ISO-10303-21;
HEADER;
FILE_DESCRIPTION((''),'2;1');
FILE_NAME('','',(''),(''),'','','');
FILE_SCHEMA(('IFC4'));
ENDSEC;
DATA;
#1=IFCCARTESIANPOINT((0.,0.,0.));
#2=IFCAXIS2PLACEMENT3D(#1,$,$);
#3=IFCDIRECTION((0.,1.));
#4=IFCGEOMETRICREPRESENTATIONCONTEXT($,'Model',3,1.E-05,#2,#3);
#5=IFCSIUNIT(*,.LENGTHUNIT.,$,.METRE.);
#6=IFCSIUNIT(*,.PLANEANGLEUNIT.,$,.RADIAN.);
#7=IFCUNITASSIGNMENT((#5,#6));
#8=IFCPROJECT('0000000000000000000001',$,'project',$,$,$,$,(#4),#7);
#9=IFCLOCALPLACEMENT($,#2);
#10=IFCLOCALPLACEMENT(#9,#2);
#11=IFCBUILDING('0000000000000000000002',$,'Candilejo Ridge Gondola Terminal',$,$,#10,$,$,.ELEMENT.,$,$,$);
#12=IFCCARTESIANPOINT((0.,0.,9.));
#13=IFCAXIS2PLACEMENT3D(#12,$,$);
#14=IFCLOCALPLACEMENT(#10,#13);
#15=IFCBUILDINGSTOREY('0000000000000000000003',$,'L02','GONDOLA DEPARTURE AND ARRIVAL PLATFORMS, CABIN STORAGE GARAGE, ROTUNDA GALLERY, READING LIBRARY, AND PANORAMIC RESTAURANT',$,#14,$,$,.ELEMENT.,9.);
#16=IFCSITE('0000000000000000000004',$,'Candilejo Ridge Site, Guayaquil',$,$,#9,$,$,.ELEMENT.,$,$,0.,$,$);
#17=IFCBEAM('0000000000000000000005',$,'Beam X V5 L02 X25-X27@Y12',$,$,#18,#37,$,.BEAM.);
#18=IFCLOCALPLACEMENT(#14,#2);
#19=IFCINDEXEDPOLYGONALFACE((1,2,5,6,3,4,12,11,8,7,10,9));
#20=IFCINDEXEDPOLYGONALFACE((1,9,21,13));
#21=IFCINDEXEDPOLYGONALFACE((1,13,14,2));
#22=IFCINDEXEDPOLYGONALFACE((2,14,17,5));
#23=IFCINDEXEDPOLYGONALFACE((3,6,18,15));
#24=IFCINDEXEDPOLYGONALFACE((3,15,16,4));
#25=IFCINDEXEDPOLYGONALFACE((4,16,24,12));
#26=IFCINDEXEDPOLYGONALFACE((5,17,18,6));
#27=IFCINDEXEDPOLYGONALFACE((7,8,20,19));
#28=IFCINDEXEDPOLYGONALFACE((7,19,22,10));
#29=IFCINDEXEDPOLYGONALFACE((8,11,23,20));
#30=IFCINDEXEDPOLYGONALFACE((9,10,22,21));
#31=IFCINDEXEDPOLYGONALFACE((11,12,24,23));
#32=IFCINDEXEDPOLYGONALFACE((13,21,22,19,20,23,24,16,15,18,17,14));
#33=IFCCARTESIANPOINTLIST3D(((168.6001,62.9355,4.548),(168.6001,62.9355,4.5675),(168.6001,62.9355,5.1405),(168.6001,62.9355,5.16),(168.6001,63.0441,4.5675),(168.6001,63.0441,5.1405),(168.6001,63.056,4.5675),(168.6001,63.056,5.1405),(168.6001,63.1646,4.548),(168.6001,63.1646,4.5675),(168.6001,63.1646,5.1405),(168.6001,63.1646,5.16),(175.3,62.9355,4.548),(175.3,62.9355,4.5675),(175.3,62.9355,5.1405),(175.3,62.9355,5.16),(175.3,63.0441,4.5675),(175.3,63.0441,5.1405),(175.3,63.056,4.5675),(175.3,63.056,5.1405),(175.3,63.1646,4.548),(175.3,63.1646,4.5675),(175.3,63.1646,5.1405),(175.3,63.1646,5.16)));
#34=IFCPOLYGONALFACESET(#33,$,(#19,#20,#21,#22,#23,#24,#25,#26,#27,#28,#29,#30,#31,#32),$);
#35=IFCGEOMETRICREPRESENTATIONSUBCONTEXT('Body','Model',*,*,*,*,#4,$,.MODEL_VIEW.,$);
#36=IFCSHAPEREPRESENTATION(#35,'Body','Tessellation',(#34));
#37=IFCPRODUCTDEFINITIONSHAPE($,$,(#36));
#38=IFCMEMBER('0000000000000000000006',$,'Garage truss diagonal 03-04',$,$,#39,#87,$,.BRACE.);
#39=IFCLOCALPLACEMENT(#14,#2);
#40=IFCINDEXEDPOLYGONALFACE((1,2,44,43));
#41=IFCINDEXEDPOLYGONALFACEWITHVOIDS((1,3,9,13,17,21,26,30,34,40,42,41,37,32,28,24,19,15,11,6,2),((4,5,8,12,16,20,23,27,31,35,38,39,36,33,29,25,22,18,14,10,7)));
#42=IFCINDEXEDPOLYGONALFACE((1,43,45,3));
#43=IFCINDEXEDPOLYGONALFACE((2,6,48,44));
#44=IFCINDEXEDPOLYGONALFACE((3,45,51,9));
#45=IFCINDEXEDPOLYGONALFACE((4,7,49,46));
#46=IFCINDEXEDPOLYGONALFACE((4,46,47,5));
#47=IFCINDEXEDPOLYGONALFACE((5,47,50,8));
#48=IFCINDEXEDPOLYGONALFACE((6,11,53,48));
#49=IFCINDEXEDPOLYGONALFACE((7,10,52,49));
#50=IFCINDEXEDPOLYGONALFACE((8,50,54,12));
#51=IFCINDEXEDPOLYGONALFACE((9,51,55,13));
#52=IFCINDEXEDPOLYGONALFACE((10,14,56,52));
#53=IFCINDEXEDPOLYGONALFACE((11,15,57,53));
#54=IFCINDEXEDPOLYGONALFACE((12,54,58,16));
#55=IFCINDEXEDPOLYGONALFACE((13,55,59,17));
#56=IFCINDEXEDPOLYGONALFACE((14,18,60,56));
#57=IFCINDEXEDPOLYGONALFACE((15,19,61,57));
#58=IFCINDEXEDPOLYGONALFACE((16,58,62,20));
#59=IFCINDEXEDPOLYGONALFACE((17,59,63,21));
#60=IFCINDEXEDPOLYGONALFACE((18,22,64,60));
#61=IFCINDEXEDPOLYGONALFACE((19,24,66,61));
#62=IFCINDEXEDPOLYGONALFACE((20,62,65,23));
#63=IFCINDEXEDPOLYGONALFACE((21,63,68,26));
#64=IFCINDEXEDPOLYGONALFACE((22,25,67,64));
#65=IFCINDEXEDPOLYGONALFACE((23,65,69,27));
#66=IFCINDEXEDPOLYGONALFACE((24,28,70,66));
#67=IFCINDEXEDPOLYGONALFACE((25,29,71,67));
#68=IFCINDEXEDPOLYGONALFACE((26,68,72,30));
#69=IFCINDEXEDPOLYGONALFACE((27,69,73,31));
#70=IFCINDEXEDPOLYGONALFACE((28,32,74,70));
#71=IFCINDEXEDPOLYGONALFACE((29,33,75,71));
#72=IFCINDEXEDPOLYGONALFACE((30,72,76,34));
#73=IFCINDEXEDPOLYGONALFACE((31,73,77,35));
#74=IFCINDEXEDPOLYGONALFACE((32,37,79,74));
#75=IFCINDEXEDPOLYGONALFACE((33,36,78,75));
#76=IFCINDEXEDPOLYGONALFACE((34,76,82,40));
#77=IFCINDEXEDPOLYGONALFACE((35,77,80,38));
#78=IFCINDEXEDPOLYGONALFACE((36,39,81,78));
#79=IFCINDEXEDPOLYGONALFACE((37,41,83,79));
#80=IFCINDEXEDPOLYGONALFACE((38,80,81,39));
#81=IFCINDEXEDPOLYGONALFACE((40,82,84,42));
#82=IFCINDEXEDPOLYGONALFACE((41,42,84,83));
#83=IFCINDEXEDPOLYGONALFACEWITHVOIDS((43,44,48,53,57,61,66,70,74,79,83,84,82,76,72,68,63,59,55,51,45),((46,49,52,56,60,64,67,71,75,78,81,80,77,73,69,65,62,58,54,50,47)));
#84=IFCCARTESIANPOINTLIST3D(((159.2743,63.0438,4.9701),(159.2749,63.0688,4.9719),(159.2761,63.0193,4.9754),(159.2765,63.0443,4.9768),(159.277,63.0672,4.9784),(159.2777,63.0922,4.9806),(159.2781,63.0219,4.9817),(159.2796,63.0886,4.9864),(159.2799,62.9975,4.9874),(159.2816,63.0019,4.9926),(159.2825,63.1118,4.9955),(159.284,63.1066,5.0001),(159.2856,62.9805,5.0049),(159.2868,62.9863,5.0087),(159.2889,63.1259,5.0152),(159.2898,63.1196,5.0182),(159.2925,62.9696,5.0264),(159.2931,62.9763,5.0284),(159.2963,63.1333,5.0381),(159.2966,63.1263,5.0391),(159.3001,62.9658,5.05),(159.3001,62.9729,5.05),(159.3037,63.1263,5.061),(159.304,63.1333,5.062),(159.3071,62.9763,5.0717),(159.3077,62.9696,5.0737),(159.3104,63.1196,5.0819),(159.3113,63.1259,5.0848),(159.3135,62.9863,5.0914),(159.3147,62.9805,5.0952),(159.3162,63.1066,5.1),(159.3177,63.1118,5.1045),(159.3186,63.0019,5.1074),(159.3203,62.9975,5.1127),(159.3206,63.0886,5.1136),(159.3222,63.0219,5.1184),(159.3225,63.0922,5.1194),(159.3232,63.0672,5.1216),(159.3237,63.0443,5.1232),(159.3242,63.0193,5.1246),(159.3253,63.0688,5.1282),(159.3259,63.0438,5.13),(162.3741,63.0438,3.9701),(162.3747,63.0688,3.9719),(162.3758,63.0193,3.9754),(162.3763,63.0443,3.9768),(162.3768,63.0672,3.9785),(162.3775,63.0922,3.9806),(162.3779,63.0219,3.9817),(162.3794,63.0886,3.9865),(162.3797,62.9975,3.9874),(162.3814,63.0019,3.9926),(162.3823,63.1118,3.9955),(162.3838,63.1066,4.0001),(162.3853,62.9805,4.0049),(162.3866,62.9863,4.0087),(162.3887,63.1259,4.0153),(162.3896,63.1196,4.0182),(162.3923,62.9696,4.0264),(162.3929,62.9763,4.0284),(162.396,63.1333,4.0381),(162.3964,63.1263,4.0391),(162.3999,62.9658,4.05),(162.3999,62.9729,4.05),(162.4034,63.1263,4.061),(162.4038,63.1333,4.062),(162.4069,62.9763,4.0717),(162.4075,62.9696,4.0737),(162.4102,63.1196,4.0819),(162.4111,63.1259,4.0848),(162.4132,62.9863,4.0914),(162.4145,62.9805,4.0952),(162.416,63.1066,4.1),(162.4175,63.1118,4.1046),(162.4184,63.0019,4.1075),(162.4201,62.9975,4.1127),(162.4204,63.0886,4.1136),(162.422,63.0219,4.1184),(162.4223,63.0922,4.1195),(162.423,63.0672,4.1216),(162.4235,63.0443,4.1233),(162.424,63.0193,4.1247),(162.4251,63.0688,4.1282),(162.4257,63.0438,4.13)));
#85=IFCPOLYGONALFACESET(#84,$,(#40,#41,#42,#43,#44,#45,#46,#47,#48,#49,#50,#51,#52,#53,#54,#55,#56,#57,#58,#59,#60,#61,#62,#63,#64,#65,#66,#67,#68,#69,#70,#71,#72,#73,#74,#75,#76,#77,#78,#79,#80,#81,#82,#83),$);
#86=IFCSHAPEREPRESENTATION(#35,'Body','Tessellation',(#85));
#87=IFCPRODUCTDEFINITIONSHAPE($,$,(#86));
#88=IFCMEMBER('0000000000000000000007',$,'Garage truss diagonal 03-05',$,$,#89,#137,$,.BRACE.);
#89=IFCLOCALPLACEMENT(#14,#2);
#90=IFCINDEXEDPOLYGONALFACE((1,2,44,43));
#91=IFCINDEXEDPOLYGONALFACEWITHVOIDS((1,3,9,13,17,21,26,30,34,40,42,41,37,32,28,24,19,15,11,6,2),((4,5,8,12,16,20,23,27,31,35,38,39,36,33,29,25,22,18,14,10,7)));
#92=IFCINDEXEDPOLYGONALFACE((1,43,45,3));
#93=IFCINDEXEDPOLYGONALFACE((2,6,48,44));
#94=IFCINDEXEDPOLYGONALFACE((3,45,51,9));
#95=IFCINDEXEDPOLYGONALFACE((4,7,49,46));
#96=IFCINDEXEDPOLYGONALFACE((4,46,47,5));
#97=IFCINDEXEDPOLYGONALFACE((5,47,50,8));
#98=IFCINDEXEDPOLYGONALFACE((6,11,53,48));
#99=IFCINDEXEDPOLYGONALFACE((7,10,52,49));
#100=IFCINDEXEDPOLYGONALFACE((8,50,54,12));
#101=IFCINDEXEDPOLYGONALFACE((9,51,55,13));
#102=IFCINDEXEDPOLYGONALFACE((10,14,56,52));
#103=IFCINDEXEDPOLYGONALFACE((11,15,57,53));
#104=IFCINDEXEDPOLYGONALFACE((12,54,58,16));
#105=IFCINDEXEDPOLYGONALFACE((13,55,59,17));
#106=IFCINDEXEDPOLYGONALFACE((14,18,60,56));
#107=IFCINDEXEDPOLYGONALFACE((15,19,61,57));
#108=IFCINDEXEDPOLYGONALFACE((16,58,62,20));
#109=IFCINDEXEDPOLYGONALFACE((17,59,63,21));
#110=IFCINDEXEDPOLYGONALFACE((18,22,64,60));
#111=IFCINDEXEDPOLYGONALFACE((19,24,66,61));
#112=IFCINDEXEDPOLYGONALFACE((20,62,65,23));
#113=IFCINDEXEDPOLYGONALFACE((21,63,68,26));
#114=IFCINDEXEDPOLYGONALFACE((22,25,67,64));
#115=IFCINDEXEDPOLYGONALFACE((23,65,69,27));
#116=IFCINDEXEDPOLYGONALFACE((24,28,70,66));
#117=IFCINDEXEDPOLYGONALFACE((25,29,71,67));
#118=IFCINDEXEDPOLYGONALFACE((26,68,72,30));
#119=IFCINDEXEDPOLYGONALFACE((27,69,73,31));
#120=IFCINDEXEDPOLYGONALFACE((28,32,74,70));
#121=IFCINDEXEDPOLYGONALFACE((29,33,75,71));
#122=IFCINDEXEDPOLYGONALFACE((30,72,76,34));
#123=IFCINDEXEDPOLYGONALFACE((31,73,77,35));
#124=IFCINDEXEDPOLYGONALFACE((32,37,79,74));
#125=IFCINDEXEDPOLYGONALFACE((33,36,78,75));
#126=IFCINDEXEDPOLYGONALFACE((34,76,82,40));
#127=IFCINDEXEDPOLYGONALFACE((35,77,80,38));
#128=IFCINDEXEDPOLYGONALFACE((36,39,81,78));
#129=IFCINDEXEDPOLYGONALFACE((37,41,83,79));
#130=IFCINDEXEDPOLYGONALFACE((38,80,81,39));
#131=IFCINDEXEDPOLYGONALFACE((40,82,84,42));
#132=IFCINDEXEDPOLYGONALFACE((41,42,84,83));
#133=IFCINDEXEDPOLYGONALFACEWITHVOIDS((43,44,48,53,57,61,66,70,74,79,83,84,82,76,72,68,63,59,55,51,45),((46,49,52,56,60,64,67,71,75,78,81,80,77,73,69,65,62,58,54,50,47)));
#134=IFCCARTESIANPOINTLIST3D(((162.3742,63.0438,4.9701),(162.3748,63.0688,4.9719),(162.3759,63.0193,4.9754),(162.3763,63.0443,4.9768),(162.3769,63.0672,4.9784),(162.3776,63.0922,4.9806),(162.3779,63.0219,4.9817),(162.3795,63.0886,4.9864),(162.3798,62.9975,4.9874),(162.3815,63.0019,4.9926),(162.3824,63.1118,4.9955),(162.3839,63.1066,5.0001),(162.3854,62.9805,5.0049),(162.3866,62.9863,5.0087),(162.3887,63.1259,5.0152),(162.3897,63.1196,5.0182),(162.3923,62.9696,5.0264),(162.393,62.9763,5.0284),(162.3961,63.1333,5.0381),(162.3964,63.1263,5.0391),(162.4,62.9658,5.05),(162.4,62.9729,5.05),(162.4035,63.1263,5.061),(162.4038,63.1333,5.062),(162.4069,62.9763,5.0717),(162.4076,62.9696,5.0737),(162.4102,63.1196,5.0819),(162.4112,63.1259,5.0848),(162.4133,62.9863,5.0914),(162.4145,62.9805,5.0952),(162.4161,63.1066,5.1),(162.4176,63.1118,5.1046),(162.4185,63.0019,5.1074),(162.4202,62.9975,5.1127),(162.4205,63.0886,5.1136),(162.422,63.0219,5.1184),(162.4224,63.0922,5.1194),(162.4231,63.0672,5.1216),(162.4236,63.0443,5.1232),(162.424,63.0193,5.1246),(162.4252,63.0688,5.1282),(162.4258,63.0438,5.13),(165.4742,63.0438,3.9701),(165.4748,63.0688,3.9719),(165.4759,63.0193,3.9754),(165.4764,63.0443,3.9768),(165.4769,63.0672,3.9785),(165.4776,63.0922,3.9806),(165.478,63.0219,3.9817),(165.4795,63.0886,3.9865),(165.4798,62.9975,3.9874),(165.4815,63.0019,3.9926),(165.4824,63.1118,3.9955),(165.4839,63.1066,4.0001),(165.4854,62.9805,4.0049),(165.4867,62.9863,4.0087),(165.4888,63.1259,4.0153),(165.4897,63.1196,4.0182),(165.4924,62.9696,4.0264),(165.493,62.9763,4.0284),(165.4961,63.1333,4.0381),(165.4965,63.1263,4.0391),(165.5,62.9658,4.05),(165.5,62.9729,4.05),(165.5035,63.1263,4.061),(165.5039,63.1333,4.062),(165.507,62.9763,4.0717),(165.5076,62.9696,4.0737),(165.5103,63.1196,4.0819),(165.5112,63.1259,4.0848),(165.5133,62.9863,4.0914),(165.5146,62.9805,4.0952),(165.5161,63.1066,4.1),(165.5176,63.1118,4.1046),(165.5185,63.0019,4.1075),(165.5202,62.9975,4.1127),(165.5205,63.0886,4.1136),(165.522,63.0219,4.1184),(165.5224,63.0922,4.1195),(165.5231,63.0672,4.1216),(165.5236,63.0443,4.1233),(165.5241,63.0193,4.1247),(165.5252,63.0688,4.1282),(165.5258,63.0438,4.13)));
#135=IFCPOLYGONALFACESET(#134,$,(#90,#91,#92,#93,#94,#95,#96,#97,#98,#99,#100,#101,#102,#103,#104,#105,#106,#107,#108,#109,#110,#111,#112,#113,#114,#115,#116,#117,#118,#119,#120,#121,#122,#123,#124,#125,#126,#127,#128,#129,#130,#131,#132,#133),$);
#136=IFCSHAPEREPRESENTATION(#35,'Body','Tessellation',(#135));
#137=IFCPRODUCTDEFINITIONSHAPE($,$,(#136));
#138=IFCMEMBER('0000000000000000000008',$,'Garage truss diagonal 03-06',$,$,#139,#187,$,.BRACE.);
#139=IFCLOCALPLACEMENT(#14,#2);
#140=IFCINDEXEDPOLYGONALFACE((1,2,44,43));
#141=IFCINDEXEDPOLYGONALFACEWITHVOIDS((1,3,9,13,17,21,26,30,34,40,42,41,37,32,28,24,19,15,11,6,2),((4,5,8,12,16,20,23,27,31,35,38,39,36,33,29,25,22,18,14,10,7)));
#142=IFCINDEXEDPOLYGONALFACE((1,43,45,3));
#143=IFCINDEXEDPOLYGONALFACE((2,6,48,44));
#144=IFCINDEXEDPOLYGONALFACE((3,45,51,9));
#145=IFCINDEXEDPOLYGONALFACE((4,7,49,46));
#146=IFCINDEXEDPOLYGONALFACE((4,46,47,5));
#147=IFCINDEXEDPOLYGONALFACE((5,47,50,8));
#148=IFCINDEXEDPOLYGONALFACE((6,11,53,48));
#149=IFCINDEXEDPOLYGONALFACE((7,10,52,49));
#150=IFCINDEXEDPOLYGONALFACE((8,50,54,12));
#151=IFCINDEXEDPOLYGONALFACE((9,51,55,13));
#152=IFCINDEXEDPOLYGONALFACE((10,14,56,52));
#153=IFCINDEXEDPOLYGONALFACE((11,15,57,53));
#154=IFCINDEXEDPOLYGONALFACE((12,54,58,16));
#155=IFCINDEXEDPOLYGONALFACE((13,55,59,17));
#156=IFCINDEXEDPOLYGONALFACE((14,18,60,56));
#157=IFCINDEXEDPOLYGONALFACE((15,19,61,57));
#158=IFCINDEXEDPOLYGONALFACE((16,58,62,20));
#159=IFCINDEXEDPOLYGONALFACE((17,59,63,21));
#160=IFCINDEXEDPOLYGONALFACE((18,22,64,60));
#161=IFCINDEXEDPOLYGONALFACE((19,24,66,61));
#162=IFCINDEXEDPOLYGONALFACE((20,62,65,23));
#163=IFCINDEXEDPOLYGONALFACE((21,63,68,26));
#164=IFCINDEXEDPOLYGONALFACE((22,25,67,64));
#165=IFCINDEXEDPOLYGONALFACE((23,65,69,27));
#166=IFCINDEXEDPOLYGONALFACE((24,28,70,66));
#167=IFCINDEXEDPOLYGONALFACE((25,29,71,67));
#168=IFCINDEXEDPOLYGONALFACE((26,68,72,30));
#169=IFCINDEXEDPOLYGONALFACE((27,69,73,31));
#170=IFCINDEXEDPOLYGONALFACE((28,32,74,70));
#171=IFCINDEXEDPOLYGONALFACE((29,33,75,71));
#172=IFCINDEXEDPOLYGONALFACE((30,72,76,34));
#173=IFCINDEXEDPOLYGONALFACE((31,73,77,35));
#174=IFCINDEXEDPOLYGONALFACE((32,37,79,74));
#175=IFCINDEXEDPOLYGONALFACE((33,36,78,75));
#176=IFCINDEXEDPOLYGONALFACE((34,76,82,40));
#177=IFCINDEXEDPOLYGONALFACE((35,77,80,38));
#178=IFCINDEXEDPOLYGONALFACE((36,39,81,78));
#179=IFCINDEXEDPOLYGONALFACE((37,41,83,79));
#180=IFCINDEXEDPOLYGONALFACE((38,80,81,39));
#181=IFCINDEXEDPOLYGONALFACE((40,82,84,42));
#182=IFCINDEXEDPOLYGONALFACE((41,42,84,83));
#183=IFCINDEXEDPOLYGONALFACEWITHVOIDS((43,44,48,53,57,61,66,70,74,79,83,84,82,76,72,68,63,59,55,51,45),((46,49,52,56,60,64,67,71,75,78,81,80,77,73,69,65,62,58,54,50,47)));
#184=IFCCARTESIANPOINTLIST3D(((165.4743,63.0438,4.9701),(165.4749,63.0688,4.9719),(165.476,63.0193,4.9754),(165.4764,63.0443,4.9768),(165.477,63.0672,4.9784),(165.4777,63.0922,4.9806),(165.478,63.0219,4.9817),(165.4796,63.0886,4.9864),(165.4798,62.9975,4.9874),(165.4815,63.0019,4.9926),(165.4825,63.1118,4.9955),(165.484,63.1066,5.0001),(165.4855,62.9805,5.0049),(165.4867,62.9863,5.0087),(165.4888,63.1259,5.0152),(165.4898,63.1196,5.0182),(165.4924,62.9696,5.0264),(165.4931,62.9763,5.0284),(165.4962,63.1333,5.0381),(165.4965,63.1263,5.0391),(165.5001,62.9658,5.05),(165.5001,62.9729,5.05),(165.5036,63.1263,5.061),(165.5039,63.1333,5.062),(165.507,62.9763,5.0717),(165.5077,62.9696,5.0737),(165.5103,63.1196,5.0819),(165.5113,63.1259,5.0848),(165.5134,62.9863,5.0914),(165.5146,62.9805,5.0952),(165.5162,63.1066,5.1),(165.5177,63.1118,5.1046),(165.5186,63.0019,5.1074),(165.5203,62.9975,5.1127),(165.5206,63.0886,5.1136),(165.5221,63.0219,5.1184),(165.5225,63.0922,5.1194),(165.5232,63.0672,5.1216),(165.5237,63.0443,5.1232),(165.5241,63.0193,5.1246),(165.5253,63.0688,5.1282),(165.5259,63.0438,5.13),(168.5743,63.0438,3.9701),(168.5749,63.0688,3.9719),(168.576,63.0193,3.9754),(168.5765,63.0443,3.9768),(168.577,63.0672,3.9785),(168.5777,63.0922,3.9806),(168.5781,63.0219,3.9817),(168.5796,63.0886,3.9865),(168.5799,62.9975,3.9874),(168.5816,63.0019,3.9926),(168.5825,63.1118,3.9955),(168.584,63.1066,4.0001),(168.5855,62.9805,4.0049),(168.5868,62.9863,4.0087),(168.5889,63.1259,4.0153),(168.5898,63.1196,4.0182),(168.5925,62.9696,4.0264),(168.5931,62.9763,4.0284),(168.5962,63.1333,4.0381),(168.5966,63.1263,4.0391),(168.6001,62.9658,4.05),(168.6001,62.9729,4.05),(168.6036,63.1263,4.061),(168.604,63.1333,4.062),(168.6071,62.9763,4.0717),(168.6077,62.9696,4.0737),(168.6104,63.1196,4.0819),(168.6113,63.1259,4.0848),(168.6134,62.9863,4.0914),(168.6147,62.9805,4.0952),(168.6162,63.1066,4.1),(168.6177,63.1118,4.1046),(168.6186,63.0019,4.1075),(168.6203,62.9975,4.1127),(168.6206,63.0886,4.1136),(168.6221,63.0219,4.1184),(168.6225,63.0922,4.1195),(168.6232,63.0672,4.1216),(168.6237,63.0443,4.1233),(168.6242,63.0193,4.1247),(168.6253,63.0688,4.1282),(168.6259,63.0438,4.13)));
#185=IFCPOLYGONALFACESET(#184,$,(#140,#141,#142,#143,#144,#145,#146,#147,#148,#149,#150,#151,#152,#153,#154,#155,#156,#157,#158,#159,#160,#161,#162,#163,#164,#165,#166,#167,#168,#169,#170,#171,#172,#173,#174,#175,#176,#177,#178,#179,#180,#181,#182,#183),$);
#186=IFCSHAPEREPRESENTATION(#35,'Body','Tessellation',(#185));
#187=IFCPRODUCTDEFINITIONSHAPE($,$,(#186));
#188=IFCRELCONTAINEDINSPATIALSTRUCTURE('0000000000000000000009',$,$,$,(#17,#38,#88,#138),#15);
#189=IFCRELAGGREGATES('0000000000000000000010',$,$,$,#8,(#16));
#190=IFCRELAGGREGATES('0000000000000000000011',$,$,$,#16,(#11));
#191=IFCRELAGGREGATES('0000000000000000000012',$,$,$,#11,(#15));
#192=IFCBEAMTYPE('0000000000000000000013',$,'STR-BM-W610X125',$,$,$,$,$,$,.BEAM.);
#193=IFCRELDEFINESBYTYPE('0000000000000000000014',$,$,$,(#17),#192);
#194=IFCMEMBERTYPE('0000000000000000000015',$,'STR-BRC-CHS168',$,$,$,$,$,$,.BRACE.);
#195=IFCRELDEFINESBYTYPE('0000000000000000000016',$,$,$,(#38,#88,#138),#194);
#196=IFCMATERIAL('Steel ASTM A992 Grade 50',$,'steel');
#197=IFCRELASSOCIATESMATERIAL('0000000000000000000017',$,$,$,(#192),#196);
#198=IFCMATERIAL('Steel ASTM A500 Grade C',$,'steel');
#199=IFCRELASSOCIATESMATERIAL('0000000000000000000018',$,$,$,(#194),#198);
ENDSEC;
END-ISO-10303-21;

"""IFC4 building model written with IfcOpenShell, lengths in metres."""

from ifc_helpers import new_model, si_unit, direction, frame, origin, origin_2d, place, context, subcontext, project, spatial, hollow_circle, i_section, extrude, material, material_profile, profile_set, type_object, element, save


model = new_model("IFC4")

# Units and contexts
model_context = context("Model", 3, precision=1e-05, world=origin(), true_north=direction((0.0, 1.0)))
body_context = subcontext(model_context, "Body", "Model", "MODEL_VIEW")
ifc_project = project(units=[si_unit("LENGTHUNIT", "METRE"), si_unit("PLANEANGLEUNIT", "RADIAN")], contexts=[model_context])

# Site, building, storey
site_placement = place(None, origin())
site = spatial("IfcSite", under=ifc_project, at=site_placement, Name="Candilejo Ridge Site, Guayaquil", CompositionType="ELEMENT", RefElevation=0.0)
building_placement = place(site_placement, origin())
building = spatial("IfcBuilding", under=site, at=building_placement, Name="Candilejo Ridge Gondola Terminal", CompositionType="ELEMENT")
storey_placement = place(building_placement, frame((0.0, 0.0, 9.0)))
storey = spatial("IfcBuildingStorey", under=building, at=storey_placement, Name="L02", Description="GONDOLA DEPARTURE AND ARRIVAL PLATFORMS, CABIN STORAGE GARAGE, ROTUNDA GALLERY, READING LIBRARY, AND PANORAMIC RESTAURANT", CompositionType="ELEMENT", Elevation=9.0)

# Beam
ifc_material_1 = material(Name="Steel ASTM A992 Grade 50", Category="steel")
ifc_material_profile_1 = material_profile(ifc_material_1, i_section(OverallWidth=0.229, OverallDepth=0.6121, WebThickness=0.012, FlangeThickness=0.0195, at=origin_2d()))
ifc_profile_set_1 = profile_set([ifc_material_profile_1], Name="Steel ASTM A992 Grade 50")
beam_type_1 = type_object("IfcBeamType", Name="STR-BM-W610X125", PredefinedType="BEAM", material=ifc_profile_set_1)
beam_1_placement = place(storey_placement, frame((168.6001, 63.05, 4.854), z_axis=(1.0, 0.0, 0.0), x_axis=(0.0, 1.0, 0.0)))
element("IfcBeam", 1, at=beam_1_placement, inside=storey, type_object=beam_type_1, Name="Beam X V5 L02 X25-X27@Y12", PredefinedType="BEAM", context=body_context, shape_type="SweptSolid", body=[
    extrude(i_section(OverallWidth=0.229, OverallDepth=0.6121, WebThickness=0.012, FlangeThickness=0.0195, at=origin_2d()), origin(), (0.0, 0.0, 1.0), 6.7),
])

# Members
ifc_material_2 = material(Name="Steel ASTM A500 Grade C", Category="steel")
ifc_material_profile_2 = material_profile(ifc_material_2, hollow_circle(Radius=0.0842, WallThickness=0.0071, at=origin_2d()))
ifc_profile_set_2 = profile_set([ifc_material_profile_2], Name="Steel ASTM A500 Grade C")
member_type_1 = type_object("IfcMemberType", Name="STR-BRC-CHS168", PredefinedType="BRACE", material=ifc_profile_set_2)
member_1_placement = place(storey_placement, frame((162.3999, 63.05, 4.05), z_axis=(-0.951704, 0.0, 0.307016), x_axis=(0.0, -1.0, 0.0)))
element("IfcMember", 2, at=member_1_placement, inside=storey, type_object=member_type_1, Name="Garage truss diagonal 03-04", PredefinedType="BRACE", context=body_context, shape_type="SweptSolid", body=[
    extrude(hollow_circle(Radius=0.0842, WallThickness=0.0071, at=origin_2d()), origin(), (0.0, 0.0, 1.0), 3.2571),
])
for number, where, z_axis, x_axis, name in (
    (3, (165.5, 63.05, 4.05), (-0.951711, 0.0, 0.306994), (0.0, -1.0, 0.0), "Garage truss diagonal 03-05"),
    (4, (168.6001, 63.05, 4.05), (-0.951711, 0.0, 0.306994), (0.0, -1.0, 0.0), "Garage truss diagonal 03-06"),
):
    element("IfcMember", number, at=place(storey_placement, frame(where, z_axis=z_axis, x_axis=x_axis)), inside=storey, type_object=member_type_1, Name=name, PredefinedType="BRACE", context=body_context, shape_type="SweptSolid", body=[
        extrude(hollow_circle(Radius=0.0842, WallThickness=0.0071, at=origin_2d()), origin(), (0.0, 0.0, 1.0), 3.2573),
    ])

save(model, "model.ifc")
